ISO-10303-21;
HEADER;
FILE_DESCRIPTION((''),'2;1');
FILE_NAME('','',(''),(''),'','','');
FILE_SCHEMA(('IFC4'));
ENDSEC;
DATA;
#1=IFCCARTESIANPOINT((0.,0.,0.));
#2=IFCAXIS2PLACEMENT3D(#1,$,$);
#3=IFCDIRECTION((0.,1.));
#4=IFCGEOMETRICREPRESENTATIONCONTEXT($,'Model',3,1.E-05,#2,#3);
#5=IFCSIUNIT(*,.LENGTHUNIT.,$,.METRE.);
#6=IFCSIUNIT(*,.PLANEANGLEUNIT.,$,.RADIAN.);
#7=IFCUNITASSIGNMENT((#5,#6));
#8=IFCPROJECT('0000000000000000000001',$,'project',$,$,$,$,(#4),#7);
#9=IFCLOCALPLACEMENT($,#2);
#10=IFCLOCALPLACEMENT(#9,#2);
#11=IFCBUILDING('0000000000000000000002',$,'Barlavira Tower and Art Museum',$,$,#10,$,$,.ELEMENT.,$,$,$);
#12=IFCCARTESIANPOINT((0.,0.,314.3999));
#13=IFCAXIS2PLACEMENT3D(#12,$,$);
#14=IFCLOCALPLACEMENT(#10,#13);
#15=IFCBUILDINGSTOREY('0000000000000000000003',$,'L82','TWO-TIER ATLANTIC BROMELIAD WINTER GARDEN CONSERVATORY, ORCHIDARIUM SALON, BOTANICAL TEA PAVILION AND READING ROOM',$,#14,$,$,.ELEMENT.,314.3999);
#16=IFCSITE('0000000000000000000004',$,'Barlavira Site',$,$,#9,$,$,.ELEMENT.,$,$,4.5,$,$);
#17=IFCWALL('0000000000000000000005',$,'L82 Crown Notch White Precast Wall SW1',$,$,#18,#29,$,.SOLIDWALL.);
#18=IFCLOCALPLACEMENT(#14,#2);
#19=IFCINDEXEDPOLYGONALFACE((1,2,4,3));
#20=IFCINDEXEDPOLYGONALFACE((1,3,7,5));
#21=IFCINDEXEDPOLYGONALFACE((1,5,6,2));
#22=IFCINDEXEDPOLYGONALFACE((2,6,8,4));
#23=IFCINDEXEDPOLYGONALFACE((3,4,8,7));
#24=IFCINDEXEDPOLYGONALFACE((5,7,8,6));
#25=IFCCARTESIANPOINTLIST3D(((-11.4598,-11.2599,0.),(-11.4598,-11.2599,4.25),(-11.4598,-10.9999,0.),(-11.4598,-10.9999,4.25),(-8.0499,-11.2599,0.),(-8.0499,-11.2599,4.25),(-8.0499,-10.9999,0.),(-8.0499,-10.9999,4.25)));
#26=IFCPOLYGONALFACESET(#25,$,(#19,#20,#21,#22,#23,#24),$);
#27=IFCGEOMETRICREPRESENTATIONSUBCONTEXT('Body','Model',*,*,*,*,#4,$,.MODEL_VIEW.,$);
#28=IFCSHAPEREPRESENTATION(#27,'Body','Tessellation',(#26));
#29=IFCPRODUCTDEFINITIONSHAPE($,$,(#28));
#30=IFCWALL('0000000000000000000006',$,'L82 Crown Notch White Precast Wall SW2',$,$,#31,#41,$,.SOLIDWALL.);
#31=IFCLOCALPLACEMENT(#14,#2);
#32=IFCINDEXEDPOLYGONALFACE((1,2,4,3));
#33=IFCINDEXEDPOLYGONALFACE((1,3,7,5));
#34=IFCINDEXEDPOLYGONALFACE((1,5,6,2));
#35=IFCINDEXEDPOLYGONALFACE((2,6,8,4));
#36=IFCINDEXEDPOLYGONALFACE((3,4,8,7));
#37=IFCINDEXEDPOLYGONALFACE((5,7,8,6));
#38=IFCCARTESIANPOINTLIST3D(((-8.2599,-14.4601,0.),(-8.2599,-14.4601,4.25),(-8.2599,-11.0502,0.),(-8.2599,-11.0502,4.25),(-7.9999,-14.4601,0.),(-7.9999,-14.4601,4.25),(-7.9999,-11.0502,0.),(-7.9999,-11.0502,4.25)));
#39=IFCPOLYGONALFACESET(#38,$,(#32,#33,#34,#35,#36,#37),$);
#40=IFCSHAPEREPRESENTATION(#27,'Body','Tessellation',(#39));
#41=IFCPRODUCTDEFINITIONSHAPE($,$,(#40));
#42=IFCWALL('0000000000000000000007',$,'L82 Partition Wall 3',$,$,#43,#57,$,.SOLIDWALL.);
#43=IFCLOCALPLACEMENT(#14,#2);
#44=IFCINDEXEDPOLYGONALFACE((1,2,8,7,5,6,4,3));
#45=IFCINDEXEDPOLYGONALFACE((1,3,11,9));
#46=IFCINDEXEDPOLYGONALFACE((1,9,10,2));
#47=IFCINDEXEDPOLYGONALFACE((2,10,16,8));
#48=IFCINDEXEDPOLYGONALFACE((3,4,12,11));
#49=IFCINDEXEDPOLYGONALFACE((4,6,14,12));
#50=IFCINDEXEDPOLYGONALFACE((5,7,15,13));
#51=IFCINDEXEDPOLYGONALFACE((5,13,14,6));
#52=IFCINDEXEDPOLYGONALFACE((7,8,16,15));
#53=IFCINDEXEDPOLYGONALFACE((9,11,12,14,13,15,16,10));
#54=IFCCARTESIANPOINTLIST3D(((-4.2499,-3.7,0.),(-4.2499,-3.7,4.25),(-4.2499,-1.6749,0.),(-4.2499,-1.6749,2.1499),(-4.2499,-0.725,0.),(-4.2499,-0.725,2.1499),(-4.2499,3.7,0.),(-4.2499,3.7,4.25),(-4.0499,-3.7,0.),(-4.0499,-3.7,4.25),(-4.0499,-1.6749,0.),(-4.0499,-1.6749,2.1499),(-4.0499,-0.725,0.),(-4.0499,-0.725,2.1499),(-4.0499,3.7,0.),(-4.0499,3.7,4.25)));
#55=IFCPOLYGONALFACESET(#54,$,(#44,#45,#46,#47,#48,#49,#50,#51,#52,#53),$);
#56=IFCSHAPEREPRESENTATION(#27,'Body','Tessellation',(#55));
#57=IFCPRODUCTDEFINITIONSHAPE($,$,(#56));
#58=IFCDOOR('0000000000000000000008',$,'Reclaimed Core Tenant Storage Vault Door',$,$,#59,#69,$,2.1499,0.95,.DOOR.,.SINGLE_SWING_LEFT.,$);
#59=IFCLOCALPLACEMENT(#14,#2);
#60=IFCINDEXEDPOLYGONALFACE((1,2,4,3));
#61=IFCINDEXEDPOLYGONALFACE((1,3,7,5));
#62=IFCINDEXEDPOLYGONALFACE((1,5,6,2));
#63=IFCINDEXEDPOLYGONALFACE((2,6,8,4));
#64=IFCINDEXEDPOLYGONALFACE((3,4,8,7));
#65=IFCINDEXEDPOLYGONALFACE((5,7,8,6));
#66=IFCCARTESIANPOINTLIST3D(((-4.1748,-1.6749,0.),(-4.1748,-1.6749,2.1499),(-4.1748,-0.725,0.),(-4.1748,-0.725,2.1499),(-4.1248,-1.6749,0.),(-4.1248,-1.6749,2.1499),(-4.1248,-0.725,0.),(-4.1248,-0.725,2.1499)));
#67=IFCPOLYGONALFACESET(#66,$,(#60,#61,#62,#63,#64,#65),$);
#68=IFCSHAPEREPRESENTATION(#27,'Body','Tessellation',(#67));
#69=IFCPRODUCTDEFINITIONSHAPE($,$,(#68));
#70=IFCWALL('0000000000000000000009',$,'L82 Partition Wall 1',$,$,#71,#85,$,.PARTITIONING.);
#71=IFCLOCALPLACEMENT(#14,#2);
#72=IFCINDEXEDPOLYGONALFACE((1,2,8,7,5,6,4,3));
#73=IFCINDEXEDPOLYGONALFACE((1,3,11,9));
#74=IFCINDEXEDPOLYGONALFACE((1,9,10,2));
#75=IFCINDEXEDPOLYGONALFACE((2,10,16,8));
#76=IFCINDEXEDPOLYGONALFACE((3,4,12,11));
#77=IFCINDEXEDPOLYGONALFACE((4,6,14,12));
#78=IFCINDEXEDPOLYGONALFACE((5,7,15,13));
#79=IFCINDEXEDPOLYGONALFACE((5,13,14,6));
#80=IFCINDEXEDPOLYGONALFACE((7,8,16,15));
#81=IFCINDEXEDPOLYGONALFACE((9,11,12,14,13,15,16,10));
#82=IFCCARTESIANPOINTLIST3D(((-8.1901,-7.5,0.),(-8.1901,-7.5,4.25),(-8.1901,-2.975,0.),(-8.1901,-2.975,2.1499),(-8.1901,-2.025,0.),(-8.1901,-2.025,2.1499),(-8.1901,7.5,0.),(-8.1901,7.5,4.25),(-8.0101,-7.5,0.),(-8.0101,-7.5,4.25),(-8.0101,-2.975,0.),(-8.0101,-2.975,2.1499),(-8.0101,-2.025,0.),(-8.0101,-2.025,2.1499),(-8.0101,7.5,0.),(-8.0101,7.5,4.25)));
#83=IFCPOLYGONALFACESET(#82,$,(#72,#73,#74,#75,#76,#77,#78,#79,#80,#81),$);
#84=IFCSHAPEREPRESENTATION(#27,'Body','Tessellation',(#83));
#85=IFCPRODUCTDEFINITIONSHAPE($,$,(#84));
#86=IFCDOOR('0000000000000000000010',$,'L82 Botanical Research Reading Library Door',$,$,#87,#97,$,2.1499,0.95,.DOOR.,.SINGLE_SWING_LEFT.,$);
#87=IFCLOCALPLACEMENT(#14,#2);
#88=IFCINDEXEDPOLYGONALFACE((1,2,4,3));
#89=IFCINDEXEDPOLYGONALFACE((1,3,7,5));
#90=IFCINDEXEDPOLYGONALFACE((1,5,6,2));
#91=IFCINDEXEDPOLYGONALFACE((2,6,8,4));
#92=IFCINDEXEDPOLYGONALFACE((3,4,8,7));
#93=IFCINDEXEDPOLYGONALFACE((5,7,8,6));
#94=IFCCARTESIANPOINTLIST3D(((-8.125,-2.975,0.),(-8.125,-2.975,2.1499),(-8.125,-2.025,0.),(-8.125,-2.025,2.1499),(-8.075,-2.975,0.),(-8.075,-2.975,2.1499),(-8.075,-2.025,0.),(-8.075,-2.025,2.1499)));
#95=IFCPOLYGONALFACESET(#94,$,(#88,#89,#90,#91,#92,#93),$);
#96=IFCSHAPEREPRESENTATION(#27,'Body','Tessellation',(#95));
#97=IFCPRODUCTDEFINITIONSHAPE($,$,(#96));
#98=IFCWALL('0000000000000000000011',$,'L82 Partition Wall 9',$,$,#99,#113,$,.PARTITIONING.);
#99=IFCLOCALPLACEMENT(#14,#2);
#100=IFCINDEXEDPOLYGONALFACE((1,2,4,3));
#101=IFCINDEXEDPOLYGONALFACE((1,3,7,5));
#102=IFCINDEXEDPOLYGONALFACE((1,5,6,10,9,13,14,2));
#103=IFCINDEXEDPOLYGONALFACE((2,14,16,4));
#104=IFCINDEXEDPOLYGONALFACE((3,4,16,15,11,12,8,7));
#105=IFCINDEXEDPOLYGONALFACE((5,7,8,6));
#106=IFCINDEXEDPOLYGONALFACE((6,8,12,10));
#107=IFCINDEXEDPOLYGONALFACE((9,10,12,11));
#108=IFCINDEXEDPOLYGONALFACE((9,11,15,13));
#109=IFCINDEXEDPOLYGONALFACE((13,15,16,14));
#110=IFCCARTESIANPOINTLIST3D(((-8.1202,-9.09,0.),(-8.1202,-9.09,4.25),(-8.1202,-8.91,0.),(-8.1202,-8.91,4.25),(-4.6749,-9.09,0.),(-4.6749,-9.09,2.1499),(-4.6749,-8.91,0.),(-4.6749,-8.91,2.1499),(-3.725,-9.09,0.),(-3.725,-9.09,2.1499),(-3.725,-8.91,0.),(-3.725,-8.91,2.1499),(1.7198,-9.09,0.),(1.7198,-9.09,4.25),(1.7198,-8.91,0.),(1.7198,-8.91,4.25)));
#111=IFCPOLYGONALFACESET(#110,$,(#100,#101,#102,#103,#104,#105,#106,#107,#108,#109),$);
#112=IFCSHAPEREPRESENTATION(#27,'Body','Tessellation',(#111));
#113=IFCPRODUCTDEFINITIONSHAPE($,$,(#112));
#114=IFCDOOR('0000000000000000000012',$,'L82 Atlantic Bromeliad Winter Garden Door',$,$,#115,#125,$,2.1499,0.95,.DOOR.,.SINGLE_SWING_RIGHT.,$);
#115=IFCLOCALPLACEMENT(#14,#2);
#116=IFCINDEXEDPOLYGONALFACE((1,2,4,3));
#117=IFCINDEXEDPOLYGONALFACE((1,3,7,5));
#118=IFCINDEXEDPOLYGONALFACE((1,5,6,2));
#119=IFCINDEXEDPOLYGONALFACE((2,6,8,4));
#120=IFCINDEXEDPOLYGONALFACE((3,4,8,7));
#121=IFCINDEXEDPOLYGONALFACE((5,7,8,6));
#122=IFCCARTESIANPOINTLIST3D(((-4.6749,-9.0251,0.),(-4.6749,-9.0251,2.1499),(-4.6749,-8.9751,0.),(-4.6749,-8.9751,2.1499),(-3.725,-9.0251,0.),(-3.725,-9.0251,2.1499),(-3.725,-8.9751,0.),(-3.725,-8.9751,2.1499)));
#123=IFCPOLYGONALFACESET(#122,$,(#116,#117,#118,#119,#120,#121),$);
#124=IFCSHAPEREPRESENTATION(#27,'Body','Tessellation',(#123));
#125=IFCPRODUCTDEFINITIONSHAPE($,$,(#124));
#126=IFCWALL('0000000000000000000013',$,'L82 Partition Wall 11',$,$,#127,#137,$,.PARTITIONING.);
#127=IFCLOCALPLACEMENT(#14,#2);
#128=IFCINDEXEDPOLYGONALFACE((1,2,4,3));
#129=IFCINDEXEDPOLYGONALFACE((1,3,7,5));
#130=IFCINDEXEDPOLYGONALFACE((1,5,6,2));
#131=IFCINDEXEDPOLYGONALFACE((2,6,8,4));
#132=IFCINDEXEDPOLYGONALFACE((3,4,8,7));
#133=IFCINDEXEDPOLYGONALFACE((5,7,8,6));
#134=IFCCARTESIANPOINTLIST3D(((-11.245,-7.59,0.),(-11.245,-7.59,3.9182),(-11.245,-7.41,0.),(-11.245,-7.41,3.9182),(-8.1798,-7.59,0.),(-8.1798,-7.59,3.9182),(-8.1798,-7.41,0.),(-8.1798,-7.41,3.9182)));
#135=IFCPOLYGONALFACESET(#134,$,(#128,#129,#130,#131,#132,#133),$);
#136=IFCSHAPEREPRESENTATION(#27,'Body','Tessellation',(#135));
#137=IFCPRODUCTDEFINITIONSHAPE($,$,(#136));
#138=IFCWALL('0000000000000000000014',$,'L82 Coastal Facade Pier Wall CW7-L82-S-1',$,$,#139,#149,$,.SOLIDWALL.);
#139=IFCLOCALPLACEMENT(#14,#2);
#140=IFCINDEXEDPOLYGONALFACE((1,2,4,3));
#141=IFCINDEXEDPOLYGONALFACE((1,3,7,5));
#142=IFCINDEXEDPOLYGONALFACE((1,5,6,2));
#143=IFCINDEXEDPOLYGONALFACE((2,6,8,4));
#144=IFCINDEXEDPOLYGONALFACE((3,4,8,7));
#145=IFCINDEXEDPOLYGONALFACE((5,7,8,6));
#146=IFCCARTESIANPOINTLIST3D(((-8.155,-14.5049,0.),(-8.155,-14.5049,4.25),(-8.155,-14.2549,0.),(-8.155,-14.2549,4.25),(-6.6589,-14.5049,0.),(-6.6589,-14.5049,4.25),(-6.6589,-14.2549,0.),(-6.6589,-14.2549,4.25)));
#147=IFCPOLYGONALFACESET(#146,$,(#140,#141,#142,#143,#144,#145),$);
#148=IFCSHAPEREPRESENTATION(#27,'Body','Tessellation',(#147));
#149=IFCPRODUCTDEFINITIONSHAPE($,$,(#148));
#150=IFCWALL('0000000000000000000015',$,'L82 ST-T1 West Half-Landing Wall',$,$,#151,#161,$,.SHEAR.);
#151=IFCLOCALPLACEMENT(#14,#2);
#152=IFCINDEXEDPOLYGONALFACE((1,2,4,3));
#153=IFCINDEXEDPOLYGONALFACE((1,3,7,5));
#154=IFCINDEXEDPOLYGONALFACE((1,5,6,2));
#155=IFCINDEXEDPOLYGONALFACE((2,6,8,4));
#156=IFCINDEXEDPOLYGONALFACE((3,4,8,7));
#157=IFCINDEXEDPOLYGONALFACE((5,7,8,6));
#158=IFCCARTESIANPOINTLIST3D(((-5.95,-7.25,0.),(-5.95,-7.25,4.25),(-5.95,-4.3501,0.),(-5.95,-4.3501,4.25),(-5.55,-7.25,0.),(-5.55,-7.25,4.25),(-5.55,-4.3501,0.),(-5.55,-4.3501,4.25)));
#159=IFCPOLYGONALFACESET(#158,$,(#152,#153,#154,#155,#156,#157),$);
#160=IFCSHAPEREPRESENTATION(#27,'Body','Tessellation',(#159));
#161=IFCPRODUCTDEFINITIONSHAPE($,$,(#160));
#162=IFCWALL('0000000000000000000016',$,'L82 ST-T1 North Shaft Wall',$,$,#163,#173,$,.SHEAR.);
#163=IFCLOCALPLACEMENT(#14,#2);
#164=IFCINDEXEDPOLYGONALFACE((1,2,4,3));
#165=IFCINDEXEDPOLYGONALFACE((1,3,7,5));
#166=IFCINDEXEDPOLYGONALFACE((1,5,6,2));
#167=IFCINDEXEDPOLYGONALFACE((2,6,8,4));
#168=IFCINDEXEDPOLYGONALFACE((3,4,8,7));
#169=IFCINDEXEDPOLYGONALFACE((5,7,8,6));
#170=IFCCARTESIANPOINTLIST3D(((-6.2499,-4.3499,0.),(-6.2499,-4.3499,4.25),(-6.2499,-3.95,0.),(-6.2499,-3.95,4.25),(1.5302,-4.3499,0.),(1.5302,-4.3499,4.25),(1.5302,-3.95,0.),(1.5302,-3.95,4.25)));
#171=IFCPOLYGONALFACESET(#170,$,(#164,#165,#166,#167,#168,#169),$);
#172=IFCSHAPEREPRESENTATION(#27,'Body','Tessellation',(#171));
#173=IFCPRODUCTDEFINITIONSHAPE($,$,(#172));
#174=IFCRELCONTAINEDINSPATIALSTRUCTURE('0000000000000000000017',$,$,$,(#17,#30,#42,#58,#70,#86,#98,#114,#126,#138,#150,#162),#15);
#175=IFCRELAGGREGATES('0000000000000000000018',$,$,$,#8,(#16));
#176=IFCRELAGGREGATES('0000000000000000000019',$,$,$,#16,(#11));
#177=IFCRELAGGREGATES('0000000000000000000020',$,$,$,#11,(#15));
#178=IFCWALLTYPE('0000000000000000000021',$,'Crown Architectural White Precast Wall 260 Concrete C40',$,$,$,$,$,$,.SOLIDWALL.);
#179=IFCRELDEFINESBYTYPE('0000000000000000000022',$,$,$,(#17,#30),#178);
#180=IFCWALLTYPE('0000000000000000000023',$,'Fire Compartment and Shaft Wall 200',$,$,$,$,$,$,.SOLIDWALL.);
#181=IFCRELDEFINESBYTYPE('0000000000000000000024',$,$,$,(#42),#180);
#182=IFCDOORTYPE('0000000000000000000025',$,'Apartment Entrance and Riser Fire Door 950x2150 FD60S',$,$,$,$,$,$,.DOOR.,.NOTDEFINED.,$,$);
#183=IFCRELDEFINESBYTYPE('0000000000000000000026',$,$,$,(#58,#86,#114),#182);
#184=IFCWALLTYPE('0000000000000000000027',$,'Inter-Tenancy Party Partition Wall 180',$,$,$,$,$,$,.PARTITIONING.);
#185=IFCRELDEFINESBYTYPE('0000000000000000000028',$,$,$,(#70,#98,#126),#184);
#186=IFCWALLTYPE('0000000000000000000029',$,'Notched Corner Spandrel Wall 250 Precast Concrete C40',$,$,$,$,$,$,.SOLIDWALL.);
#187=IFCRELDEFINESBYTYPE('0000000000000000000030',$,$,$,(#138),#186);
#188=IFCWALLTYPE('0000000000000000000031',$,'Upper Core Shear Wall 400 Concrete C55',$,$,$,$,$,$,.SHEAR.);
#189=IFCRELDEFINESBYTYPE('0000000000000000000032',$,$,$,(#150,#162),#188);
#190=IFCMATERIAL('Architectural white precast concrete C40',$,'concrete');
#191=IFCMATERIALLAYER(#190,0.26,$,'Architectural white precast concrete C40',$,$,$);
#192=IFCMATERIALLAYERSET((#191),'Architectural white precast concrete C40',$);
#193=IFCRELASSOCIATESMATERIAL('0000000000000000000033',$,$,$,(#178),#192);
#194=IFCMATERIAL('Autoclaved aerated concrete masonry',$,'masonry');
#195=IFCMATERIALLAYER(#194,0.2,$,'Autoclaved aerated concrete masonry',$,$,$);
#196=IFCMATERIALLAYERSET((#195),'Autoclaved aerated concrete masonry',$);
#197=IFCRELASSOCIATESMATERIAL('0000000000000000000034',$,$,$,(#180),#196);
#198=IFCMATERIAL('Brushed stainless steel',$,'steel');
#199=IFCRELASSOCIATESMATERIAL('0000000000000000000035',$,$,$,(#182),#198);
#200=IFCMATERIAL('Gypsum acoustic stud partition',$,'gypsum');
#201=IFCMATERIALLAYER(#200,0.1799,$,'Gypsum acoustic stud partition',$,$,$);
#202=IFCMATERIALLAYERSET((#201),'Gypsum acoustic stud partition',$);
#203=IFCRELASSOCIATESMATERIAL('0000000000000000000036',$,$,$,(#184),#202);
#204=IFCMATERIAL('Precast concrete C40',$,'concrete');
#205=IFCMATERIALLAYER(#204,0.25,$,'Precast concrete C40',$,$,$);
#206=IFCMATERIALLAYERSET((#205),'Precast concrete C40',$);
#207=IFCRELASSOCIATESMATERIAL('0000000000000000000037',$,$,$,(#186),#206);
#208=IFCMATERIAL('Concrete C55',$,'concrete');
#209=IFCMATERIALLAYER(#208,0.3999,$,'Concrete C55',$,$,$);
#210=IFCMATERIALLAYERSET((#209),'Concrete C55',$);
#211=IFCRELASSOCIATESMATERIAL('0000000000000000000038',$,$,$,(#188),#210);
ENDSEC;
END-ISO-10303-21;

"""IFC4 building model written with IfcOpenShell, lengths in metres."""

from ifc_helpers import new_model, si_unit, direction, frame, frame_2d, origin, place, context, subcontext, project, spatial, rectangle, extrude, material, layer, layer_set, type_object, element, fill, save


model = new_model("IFC4")

# Units and contexts
model_context = context("Model", 3, precision=1e-05, world=origin(), true_north=direction((0.0, 1.0)))
body_context = subcontext(model_context, "Body", "Model", "MODEL_VIEW")
ifc_project = project(units=[si_unit("LENGTHUNIT", "METRE"), si_unit("PLANEANGLEUNIT", "RADIAN")], contexts=[model_context])

# Site, building, storey
site_placement = place(None, origin())
site = spatial("IfcSite", under=ifc_project, at=site_placement, Name="Barlavira Site", CompositionType="ELEMENT", RefElevation=4.5)
building_placement = place(site_placement, origin())
building = spatial("IfcBuilding", under=site, at=building_placement, Name="Barlavira Tower and Art Museum", CompositionType="ELEMENT")
storey_placement = place(building_placement, frame((0.0, 0.0, 314.3999)))
storey = spatial("IfcBuildingStorey", under=building, at=storey_placement, Name="L82", Description="TWO-TIER ATLANTIC BROMELIAD WINTER GARDEN CONSERVATORY, ORCHIDARIUM SALON, BOTANICAL TEA PAVILION AND READING ROOM", CompositionType="ELEMENT", Elevation=314.3999)

# Walls
ifc_material_1 = material(Name="Architectural white precast concrete C40", Category="concrete")
ifc_layer_1 = layer(ifc_material_1, 0.26, Name="Architectural white precast concrete C40")
ifc_layer_set_1 = layer_set([ifc_layer_1], Name="Architectural white precast concrete C40")
wall_type_1 = type_object("IfcWallType", Name="Crown Architectural White Precast Wall 260 Concrete C40", PredefinedType="SOLIDWALL", material=ifc_layer_set_1)
for number, where, z_axis, x_axis, name in (
    (1, (-11.46, -11.1299, 0.0), (0.0, 0.0, 1.0), (1.0, 0.0, 0.0), "L82 Crown Notch White Precast Wall SW1"),
    (2, (-8.1299, -11.05, 0.0), (0.0, 0.0, 1.0), (0.0, -1.0, 0.0), "L82 Crown Notch White Precast Wall SW2"),
):
    element("IfcWall", number, at=place(storey_placement, frame(where, z_axis=z_axis, x_axis=x_axis)), inside=storey, type_object=wall_type_1, Name=name, PredefinedType="SOLIDWALL", context=body_context, shape_type="SweptSolid", body=[
        extrude(rectangle(XDim=3.4099, YDim=0.26, at=frame_2d((1.7051, 0.0))), origin(), (0.0, 0.0, 1.0), 4.25),
    ])

# Walls, openings, doors
ifc_material_2 = material(Name="Autoclaved aerated concrete masonry", Category="masonry")
ifc_layer_2 = layer(ifc_material_2, 0.2, Name="Autoclaved aerated concrete masonry")
ifc_layer_set_2 = layer_set([ifc_layer_2], Name="Autoclaved aerated concrete masonry")
wall_type_2 = type_object("IfcWallType", Name="Fire Compartment and Shaft Wall 200", PredefinedType="SOLIDWALL", material=ifc_layer_set_2)
wall_1_placement = place(storey_placement, frame((-4.1499, -3.7, 0.0), z_axis=(0.0, 0.0, 1.0), x_axis=(0.0, 1.0, 0.0)))
wall_1 = element("IfcWall", 3, at=wall_1_placement, inside=storey, type_object=wall_type_2, Name="L82 Partition Wall 3", PredefinedType="SOLIDWALL", context=body_context, shape_type="SweptSolid", body=[
    extrude(rectangle(XDim=7.3999, YDim=0.2, at=frame_2d((3.7, 0.0))), origin(), (0.0, 0.0, 1.0), 4.25),
])
opening_1_placement = place(wall_1_placement, frame((2.0249, 0.0, 0.0)))
opening_1 = element("IfcOpeningElement", 4, at=opening_1_placement, cuts=wall_1, PredefinedType="OPENING", context=body_context, shape_type="SweptSolid", body=[
    extrude(rectangle(XDim=0.95, YDim=2.1499, at=frame_2d((0.4751, 1.075))), frame((0.0, 0.1099, 0.0), z_axis=(0.0, -1.0, 0.0), x_axis=(1.0, 0.0, 0.0)), (0.0, 0.0, 1.0), 0.22),
])
ifc_material_3 = material(Name="Brushed stainless steel", Category="steel")
door_type = type_object("IfcDoorType", Name="Apartment Entrance and Riser Fire Door 950x2150 FD60S", OperationType="NOTDEFINED", PredefinedType="DOOR", material=ifc_material_3)
door_1_placement = place(opening_1_placement, origin())
door_1 = element("IfcDoor", 5, at=door_1_placement, inside=storey, type_object=door_type, Name="Reclaimed Core Tenant Storage Vault Door", OperationType="SINGLE_SWING_LEFT", OverallHeight=2.1499, OverallWidth=0.95, PredefinedType="DOOR", context=body_context, shape_type="SweptSolid", body=[
    extrude(rectangle(XDim=0.95, YDim=2.1499, at=frame_2d((0.4751, 1.075))), frame((0.0, 0.0249, 0.0), z_axis=(0.0, -1.0, 0.0), x_axis=(1.0, 0.0, 0.0)), (0.0, 0.0, 1.0), 0.05),
])
fill(opening_1, door_1)
ifc_material_4 = material(Name="Gypsum acoustic stud partition", Category="gypsum")
ifc_layer_3 = layer(ifc_material_4, 0.1799, Name="Gypsum acoustic stud partition")
ifc_layer_set_3 = layer_set([ifc_layer_3], Name="Gypsum acoustic stud partition")
wall_type_3 = type_object("IfcWallType", Name="Inter-Tenancy Party Partition Wall 180", PredefinedType="PARTITIONING", material=ifc_layer_set_3)
wall_2_placement = place(storey_placement, frame((-8.1001, -7.5, 0.0), z_axis=(0.0, 0.0, 1.0), x_axis=(0.0, 1.0, 0.0)))
wall_2 = element("IfcWall", 6, at=wall_2_placement, inside=storey, type_object=wall_type_3, Name="L82 Partition Wall 1", PredefinedType="PARTITIONING", context=body_context, shape_type="SweptSolid", body=[
    extrude(rectangle(XDim=15.0, YDim=0.1799, at=frame_2d((7.5, 0.0))), origin(), (0.0, 0.0, 1.0), 4.25),
])
opening_2_placement = place(wall_2_placement, frame((4.5249, 0.0, 0.0)))
opening_2 = element("IfcOpeningElement", 7, at=opening_2_placement, cuts=wall_2, PredefinedType="OPENING", context=body_context, shape_type="SweptSolid", body=[
    extrude(rectangle(XDim=0.95, YDim=2.1499, at=frame_2d((0.4751, 1.075))), frame((0.0, 0.1001, 0.0), z_axis=(0.0, -1.0, 0.0), x_axis=(1.0, 0.0, 0.0)), (0.0, 0.0, 1.0), 0.2),
])
door_2_placement = place(opening_2_placement, origin())
door_2 = element("IfcDoor", 8, at=door_2_placement, inside=storey, type_object=door_type, Name="L82 Botanical Research Reading Library Door", OperationType="SINGLE_SWING_LEFT", OverallHeight=2.1499, OverallWidth=0.95, PredefinedType="DOOR", context=body_context, shape_type="SweptSolid", body=[
    extrude(rectangle(XDim=0.95, YDim=2.1499, at=frame_2d((0.4751, 1.075))), frame((0.0, 0.0249, 0.0), z_axis=(0.0, -1.0, 0.0), x_axis=(1.0, 0.0, 0.0)), (0.0, 0.0, 1.0), 0.05),
])
fill(opening_2, door_2)
wall_3_placement = place(storey_placement, frame((-8.1201, -9.0, 0.0), z_axis=(0.0, 0.0, 1.0), x_axis=(1.0, 0.0, 0.0)))
wall_3 = element("IfcWall", 9, at=wall_3_placement, inside=storey, type_object=wall_type_3, Name="L82 Partition Wall 9", PredefinedType="PARTITIONING", context=body_context, shape_type="SweptSolid", body=[
    extrude(rectangle(XDim=9.8401, YDim=0.1799, at=frame_2d((4.9199, 0.0))), origin(), (0.0, 0.0, 1.0), 4.25),
])
opening_3_placement = place(wall_3_placement, frame((3.4451, 0.0, 0.0)))
opening_3 = element("IfcOpeningElement", 10, at=opening_3_placement, cuts=wall_3, PredefinedType="OPENING", context=body_context, shape_type="SweptSolid", body=[
    extrude(rectangle(XDim=0.95, YDim=2.1499, at=frame_2d((0.4751, 1.075))), frame((0.0, 0.1001, 0.0), z_axis=(0.0, -1.0, 0.0), x_axis=(1.0, 0.0, 0.0)), (0.0, 0.0, 1.0), 0.2),
])
door_3_placement = place(opening_3_placement, origin())
door_3 = element("IfcDoor", 11, at=door_3_placement, inside=storey, type_object=door_type, Name="L82 Atlantic Bromeliad Winter Garden Door", OperationType="SINGLE_SWING_RIGHT", OverallHeight=2.1499, OverallWidth=0.95, PredefinedType="DOOR", context=body_context, shape_type="SweptSolid", body=[
    extrude(rectangle(XDim=0.95, YDim=2.1499, at=frame_2d((0.4751, 1.075))), frame((0.0, 0.0249, 0.0), z_axis=(0.0, -1.0, 0.0), x_axis=(1.0, 0.0, 0.0)), (0.0, 0.0, 1.0), 0.05),
])
fill(opening_3, door_3)

# Walls
wall_4_placement = place(storey_placement, frame((-11.2451, -7.5, 0.0), z_axis=(0.0, 0.0, 1.0), x_axis=(1.0, 0.0, 0.0)))
element("IfcWall", 12, at=wall_4_placement, inside=storey, type_object=wall_type_3, Name="L82 Partition Wall 11", PredefinedType="PARTITIONING", context=body_context, shape_type="SweptSolid", body=[
    extrude(rectangle(XDim=3.0652, YDim=0.1799, at=frame_2d((1.5327, 0.0))), origin(), (0.0, 0.0, 1.0), 3.9182),
])
ifc_material_5 = material(Name="Precast concrete C40", Category="concrete")
ifc_layer_4 = layer(ifc_material_5, 0.25, Name="Precast concrete C40")
ifc_layer_set_4 = layer_set([ifc_layer_4], Name="Precast concrete C40")
wall_type_4 = type_object("IfcWallType", Name="Notched Corner Spandrel Wall 250 Precast Concrete C40", PredefinedType="SOLIDWALL", material=ifc_layer_set_4)
wall_5_placement = place(storey_placement, frame((-8.155, -14.3799, 0.0), z_axis=(0.0, 0.0, 1.0), x_axis=(1.0, 0.0, 0.0)))
element("IfcWall", 13, at=wall_5_placement, inside=storey, type_object=wall_type_4, Name="L82 Coastal Facade Pier Wall CW7-L82-S-1", PredefinedType="SOLIDWALL", context=body_context, shape_type="SweptSolid", body=[
    extrude(rectangle(XDim=1.4961, YDim=0.25, at=frame_2d((0.748, 0.0))), origin(), (0.0, 0.0, 1.0), 4.25),
])
ifc_material_6 = material(Name="Concrete C55", Category="concrete")
ifc_layer_5 = layer(ifc_material_6, 0.3999, Name="Concrete C55")
ifc_layer_set_5 = layer_set([ifc_layer_5], Name="Concrete C55")
wall_type_5 = type_object("IfcWallType", Name="Upper Core Shear Wall 400 Concrete C55", PredefinedType="SHEAR", material=ifc_layer_set_5)
wall_6_placement = place(storey_placement, frame((-5.75, -7.25, 0.0), z_axis=(0.0, 0.0, 1.0), x_axis=(0.0, 1.0, 0.0)))
element("IfcWall", 14, at=wall_6_placement, inside=storey, type_object=wall_type_5, Name="L82 ST-T1 West Half-Landing Wall", PredefinedType="SHEAR", context=body_context, shape_type="SweptSolid", body=[
    extrude(rectangle(XDim=2.8999, YDim=0.3999, at=frame_2d((1.45, 0.0))), origin(), (0.0, 0.0, 1.0), 4.25),
])
wall_7_placement = place(storey_placement, frame((-6.25, -4.1499, 0.0), z_axis=(0.0, 0.0, 1.0), x_axis=(1.0, 0.0, 0.0)))
element("IfcWall", 15, at=wall_7_placement, inside=storey, type_object=wall_type_5, Name="L82 ST-T1 North Shaft Wall", PredefinedType="SHEAR", context=body_context, shape_type="SweptSolid", body=[
    extrude(rectangle(XDim=7.78, YDim=0.3999, at=frame_2d((3.8901, 0.0))), origin(), (0.0, 0.0, 1.0), 4.25),
])

save(model, "model.ifc")
